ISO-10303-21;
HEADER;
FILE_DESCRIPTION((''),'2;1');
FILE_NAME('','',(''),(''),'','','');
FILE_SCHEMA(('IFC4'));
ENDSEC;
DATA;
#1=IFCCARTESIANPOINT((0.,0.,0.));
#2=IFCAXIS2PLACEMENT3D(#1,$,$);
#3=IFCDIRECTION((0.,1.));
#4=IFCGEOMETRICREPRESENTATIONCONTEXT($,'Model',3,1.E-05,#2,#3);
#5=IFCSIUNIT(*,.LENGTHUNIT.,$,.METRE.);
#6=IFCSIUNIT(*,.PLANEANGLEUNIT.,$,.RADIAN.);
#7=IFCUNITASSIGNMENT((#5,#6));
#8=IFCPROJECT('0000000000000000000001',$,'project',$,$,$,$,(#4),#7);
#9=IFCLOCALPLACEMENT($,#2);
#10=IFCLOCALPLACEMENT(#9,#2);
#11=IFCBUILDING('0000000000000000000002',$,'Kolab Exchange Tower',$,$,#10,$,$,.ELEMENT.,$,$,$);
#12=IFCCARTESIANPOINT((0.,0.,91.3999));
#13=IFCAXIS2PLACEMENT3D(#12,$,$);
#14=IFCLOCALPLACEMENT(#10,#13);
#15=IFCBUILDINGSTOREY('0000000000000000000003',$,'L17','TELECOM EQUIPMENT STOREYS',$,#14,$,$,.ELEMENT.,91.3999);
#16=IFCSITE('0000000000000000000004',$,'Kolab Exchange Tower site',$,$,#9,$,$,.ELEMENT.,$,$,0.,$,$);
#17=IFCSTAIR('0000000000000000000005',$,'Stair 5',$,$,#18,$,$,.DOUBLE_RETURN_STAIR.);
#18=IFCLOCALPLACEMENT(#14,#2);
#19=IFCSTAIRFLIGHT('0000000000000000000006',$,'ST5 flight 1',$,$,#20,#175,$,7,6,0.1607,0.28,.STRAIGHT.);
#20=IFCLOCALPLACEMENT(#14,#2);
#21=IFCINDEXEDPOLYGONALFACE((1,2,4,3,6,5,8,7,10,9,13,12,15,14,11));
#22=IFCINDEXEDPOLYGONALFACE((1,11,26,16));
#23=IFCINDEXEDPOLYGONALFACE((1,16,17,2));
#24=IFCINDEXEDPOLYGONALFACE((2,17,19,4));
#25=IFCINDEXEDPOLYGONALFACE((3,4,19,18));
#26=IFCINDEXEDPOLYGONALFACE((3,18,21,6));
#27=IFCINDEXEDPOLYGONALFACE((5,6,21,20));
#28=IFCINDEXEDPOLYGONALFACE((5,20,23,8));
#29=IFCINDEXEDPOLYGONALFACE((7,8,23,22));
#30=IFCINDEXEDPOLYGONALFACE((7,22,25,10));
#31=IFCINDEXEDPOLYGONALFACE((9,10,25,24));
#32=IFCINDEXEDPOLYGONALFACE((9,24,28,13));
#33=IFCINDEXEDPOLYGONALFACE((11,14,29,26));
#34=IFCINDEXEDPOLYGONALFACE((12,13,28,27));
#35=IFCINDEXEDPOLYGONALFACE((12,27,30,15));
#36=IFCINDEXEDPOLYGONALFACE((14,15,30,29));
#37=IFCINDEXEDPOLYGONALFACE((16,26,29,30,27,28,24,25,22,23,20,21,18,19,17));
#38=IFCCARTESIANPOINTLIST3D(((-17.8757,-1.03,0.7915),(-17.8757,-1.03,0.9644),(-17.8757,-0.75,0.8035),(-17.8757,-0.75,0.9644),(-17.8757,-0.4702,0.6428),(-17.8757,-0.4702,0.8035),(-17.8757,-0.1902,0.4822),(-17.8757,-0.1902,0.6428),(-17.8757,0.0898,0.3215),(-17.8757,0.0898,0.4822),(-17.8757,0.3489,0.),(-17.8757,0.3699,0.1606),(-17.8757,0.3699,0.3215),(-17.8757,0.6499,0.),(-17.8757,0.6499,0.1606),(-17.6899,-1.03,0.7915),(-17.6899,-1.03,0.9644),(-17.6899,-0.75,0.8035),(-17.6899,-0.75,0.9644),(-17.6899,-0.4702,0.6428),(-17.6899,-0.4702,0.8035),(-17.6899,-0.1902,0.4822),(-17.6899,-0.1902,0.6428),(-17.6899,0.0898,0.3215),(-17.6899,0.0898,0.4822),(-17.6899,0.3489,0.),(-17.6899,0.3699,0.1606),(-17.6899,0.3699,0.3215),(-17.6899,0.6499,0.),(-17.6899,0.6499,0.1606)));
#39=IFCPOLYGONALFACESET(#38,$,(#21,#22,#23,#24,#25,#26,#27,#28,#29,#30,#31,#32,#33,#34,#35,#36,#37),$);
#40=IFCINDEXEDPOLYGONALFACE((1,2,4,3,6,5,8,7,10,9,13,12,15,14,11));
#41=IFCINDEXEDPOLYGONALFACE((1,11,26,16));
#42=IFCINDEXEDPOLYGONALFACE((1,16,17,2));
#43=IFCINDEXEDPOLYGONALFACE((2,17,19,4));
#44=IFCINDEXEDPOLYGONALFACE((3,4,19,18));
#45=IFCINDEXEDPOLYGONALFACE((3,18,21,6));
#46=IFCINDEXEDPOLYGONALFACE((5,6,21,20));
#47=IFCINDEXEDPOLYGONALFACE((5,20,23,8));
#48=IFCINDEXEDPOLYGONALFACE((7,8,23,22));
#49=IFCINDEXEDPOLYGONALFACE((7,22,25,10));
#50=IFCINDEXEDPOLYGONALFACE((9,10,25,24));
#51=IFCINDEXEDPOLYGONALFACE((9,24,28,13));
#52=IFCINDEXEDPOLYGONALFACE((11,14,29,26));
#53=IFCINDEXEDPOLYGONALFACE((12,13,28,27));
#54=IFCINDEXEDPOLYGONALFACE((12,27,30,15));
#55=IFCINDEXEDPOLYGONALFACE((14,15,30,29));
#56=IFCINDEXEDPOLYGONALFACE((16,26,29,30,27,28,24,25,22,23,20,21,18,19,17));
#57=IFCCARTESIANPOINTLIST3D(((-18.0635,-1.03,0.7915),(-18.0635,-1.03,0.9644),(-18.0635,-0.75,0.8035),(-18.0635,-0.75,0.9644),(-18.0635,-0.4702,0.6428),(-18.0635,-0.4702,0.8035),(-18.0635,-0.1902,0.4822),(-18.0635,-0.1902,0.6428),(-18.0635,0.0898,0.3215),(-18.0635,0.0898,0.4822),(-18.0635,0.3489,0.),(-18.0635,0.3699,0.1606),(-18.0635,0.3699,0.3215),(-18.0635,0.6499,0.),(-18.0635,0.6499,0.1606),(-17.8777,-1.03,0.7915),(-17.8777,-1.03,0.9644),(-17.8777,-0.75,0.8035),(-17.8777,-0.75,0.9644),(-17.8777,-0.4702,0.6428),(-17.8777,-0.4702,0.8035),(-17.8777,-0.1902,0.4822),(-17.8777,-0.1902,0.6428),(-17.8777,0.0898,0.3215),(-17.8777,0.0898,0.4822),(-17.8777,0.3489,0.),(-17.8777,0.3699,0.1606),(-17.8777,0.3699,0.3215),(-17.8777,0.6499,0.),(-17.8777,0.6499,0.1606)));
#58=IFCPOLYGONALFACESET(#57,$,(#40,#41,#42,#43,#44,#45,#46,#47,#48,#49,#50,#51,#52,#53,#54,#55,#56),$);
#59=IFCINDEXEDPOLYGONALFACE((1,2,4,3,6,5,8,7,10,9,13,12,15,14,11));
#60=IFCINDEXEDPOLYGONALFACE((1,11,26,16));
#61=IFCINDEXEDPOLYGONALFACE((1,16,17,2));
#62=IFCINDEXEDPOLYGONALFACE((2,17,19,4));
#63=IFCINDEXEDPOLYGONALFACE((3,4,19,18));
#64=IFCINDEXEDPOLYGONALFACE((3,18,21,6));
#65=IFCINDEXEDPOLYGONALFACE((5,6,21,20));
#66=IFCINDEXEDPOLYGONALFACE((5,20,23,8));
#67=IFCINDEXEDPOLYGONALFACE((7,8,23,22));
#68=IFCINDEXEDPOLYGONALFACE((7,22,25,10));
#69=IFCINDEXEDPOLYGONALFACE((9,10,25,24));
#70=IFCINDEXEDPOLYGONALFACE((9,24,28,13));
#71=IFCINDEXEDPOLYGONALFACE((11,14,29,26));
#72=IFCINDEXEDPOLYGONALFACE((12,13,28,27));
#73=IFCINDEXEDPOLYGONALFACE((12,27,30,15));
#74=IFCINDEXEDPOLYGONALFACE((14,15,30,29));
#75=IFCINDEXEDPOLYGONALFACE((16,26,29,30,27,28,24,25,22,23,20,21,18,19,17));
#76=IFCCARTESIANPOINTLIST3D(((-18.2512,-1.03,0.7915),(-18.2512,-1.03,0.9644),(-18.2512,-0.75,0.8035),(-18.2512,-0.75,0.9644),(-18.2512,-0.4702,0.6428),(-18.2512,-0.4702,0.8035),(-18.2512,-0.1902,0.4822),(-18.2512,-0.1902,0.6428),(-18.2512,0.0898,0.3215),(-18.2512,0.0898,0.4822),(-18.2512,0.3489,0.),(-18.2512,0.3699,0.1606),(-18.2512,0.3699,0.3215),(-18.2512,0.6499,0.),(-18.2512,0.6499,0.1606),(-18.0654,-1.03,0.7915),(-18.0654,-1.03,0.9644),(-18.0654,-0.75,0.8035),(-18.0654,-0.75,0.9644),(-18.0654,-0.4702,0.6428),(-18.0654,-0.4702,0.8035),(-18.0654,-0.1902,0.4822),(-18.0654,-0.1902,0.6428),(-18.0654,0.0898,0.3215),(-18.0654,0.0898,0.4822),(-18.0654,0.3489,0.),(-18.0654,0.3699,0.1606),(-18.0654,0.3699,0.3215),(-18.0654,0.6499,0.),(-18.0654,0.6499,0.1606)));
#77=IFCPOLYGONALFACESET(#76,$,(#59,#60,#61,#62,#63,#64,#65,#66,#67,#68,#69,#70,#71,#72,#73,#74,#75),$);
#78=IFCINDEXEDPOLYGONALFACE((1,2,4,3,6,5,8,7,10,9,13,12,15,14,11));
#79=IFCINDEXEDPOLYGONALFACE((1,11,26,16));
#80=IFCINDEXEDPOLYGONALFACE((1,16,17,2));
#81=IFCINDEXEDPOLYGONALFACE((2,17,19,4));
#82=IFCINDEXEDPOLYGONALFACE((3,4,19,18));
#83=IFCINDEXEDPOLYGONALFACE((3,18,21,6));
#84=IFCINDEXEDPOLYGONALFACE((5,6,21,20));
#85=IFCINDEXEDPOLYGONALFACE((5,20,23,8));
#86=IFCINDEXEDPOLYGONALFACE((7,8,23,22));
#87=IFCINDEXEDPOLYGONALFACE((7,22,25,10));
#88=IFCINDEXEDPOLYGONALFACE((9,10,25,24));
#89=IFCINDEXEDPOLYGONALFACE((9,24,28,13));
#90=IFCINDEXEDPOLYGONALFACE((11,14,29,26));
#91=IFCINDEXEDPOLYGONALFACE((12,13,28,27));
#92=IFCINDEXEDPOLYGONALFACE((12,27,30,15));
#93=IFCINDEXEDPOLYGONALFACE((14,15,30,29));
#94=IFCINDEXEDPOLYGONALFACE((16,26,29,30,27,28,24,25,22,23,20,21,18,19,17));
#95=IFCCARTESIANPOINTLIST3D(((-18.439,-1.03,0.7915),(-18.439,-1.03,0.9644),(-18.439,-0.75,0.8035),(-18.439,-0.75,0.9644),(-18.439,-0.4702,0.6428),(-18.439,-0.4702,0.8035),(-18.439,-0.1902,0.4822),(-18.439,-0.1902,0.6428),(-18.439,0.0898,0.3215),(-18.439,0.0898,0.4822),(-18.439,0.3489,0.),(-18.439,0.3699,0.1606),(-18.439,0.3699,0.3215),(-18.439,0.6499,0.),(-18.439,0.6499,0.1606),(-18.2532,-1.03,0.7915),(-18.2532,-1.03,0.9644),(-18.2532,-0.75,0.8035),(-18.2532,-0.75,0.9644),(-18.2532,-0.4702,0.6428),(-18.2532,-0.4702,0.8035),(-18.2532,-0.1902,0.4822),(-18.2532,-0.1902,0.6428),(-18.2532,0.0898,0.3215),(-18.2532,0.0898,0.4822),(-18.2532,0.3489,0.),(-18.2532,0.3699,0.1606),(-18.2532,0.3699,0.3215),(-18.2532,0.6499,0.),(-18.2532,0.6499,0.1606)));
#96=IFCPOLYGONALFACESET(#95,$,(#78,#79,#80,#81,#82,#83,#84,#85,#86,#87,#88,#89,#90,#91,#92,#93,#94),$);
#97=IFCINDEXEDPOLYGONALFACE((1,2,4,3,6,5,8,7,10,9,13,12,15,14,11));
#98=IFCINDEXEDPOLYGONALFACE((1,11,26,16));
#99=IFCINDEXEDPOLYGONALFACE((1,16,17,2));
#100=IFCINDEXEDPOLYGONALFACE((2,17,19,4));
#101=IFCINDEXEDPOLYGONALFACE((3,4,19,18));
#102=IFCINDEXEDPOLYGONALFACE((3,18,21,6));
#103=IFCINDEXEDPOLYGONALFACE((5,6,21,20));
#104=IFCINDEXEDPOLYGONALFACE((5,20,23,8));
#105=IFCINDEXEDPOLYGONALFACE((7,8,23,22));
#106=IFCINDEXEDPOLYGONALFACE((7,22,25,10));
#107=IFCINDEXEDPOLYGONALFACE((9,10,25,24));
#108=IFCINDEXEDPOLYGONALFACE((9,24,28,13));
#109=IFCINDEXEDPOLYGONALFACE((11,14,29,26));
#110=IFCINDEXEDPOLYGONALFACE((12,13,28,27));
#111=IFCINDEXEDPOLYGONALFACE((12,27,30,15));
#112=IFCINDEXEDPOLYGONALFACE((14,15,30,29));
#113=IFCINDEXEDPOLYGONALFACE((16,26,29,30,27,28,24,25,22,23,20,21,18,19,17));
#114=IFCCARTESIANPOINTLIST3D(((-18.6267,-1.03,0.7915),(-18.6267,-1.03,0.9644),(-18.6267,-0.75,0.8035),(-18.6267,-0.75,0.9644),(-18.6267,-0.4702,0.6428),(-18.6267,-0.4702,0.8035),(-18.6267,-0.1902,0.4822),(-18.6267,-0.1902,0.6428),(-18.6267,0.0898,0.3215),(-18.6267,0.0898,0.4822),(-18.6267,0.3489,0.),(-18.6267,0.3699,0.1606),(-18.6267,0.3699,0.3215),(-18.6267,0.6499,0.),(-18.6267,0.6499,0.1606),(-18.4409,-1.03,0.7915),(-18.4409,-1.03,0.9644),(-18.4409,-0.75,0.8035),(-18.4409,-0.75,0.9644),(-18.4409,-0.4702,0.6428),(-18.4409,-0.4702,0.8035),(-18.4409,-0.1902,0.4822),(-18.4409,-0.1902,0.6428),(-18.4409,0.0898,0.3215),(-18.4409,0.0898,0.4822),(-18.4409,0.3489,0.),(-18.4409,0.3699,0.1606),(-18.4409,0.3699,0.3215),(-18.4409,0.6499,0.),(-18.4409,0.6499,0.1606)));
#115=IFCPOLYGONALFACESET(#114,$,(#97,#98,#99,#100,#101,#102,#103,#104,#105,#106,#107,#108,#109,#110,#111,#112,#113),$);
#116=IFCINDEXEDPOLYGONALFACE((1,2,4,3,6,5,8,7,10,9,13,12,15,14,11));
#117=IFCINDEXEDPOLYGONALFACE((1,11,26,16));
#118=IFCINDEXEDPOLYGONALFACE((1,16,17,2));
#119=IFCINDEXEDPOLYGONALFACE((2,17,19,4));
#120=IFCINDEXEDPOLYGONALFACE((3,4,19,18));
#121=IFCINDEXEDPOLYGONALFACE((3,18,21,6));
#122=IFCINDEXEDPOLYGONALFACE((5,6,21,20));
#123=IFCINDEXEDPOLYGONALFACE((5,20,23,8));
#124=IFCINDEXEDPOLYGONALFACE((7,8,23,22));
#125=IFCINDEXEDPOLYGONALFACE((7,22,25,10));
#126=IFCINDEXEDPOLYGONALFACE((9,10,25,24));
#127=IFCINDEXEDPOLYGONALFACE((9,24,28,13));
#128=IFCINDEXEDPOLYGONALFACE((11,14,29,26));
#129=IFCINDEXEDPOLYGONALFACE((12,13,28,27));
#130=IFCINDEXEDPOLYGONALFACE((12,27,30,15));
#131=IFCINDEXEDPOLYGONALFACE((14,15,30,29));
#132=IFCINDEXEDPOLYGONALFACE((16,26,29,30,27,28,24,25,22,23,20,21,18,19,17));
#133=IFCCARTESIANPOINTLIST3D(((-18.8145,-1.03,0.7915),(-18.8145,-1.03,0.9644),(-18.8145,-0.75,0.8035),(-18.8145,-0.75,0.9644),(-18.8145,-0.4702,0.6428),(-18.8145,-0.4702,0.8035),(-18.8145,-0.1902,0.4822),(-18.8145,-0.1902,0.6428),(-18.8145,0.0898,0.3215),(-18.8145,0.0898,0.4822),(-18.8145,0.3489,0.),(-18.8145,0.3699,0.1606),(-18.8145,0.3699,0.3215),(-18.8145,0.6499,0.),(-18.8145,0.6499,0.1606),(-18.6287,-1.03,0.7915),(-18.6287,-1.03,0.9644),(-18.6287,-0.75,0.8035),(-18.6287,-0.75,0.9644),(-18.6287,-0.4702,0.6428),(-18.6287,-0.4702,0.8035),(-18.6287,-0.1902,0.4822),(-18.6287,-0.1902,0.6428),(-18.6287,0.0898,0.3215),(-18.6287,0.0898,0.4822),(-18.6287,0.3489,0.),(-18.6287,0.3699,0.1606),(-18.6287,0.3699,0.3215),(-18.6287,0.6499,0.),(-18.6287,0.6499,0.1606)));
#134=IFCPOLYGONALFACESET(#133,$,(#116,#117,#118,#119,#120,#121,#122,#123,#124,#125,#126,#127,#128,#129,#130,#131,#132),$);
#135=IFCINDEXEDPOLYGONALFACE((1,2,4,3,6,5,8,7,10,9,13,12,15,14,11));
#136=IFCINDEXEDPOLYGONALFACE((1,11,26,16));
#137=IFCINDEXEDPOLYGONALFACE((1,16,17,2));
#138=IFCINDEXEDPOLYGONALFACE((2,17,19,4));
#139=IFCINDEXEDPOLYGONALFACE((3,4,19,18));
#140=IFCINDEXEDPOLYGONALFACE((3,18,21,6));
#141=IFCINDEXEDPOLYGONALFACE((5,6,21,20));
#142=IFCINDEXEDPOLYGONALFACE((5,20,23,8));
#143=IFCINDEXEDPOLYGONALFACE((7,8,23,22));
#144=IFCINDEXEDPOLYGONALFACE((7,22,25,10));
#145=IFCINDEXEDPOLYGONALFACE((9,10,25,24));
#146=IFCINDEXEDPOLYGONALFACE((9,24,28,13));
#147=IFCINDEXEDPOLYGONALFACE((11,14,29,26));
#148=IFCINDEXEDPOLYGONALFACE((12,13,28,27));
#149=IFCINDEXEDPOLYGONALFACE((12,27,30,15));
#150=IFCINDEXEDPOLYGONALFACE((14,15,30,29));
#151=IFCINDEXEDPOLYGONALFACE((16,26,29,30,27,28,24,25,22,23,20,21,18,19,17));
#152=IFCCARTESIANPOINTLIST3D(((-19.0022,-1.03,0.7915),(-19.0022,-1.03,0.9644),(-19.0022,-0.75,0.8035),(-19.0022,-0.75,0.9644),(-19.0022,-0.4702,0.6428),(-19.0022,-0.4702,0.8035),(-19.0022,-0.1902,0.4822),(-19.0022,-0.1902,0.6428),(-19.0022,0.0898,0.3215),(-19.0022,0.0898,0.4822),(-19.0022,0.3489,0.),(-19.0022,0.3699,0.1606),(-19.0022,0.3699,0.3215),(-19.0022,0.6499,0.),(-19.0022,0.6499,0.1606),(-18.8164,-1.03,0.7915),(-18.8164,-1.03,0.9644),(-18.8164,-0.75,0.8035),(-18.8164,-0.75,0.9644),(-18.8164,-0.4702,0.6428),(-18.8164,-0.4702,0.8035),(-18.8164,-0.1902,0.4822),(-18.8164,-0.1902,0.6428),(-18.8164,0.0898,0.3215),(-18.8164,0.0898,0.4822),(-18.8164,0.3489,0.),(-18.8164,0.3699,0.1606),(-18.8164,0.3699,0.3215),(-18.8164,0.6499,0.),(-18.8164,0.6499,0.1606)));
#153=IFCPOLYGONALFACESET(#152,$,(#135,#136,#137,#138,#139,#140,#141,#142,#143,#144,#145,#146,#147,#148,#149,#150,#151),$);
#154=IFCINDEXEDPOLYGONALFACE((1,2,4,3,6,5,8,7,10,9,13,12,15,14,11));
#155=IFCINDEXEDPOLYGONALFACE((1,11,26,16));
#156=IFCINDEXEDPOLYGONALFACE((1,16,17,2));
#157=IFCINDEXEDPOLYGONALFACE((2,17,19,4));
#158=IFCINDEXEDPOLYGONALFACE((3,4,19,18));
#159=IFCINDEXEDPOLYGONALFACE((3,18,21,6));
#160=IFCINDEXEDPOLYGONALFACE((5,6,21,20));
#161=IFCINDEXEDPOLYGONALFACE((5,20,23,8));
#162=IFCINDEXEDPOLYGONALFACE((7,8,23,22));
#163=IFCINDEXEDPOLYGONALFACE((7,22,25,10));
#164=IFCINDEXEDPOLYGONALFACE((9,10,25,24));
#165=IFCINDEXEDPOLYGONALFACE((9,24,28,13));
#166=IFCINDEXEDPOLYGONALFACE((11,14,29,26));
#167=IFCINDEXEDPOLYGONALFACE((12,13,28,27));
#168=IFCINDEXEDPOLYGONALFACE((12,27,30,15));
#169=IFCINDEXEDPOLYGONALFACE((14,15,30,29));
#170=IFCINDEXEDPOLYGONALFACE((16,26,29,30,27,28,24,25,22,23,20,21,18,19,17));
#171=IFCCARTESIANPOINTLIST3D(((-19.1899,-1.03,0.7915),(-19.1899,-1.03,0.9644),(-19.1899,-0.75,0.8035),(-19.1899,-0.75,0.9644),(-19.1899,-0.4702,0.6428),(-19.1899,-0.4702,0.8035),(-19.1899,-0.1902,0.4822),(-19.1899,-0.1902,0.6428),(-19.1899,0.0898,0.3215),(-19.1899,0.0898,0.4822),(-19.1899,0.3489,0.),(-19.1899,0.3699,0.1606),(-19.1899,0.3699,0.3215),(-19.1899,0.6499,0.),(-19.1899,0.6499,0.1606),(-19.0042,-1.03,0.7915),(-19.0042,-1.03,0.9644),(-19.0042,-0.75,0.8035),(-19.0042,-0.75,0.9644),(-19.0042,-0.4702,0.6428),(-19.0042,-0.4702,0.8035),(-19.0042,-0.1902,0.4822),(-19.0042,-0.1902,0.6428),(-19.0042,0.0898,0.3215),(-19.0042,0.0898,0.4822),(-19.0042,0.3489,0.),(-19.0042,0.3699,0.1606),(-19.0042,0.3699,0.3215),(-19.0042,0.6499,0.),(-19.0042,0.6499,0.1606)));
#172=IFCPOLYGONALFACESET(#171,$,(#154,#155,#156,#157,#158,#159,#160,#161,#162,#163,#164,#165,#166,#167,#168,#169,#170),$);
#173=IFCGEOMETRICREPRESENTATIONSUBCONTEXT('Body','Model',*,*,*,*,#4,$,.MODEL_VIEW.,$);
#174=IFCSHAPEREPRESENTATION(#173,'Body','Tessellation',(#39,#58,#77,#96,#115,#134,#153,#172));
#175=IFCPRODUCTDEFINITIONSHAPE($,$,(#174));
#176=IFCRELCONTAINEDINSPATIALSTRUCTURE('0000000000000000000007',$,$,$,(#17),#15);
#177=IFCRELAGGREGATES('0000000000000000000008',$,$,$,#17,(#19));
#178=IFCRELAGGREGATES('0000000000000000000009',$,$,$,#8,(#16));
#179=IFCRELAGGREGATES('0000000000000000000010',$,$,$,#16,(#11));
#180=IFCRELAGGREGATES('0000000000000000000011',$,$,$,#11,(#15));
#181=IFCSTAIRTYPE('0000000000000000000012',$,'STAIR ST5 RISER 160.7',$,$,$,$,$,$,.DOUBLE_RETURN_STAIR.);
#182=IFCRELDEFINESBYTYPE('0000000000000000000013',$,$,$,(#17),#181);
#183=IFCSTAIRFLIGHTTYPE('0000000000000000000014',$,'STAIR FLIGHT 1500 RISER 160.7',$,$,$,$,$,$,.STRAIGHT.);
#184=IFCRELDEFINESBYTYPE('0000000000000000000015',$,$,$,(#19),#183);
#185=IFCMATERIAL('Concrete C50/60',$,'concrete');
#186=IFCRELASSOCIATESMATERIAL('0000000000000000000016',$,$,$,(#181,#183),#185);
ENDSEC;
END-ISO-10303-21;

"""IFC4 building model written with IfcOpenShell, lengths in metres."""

from ifc_helpers import new_model, si_unit, direction, frame, origin, place, context, subcontext, project, spatial, polyline, outline, extrude, material, type_object, element, aggregate, save


model = new_model("IFC4")

# Units and contexts
model_context = context("Model", 3, precision=1e-05, world=origin(), true_north=direction((0.0, 1.0)))
body_context = subcontext(model_context, "Body", "Model", "MODEL_VIEW")
ifc_project = project(units=[si_unit("LENGTHUNIT", "METRE"), si_unit("PLANEANGLEUNIT", "RADIAN")], contexts=[model_context])

# Site, building, storey
site_placement = place(None, origin())
site = spatial("IfcSite", under=ifc_project, at=site_placement, Name="Kolab Exchange Tower site", CompositionType="ELEMENT", RefElevation=0.0)
building_placement = place(site_placement, origin())
building = spatial("IfcBuilding", under=site, at=building_placement, Name="Kolab Exchange Tower", CompositionType="ELEMENT")
storey_placement = place(building_placement, frame((0.0, 0.0, 91.3999)))
storey = spatial("IfcBuildingStorey", under=building, at=storey_placement, Name="L17", Description="TELECOM EQUIPMENT STOREYS", CompositionType="ELEMENT", Elevation=91.3999)

# Shared definitions
ifc_material_1 = material(Name="Concrete C50/60", Category="concrete")

# Stair, stair flight
stair_type = type_object("IfcStairType", Name="STAIR ST5 RISER 160.7", PredefinedType="DOUBLE_RETURN_STAIR", material=ifc_material_1)
stair_placement = place(storey_placement, origin())
stair = element("IfcStair", 1, at=stair_placement, inside=storey, type_object=stair_type, Name="Stair 5", PredefinedType="DOUBLE_RETURN_STAIR")
stair_flight_type = type_object("IfcStairFlightType", Name="STAIR FLIGHT 1500 RISER 160.7", PredefinedType="STRAIGHT", material=ifc_material_1)
stair_flight_1_placement = place(storey_placement, frame((-18.4399, 0.6499, 0.0), z_axis=(0.0, 0.0, 1.0), x_axis=(0.0, -1.0, 0.0)))
stair_flight_1 = element("IfcStairFlight", 2, at=stair_flight_1_placement, type_object=stair_flight_type, Name="ST5 flight 1", NumberOfRisers=7, NumberOfTreads=6, PredefinedType="STRAIGHT", RiserHeight=0.1607, TreadLength=0.28, context=body_context, shape_type="SweptSolid", body=[
    extrude(outline(polyline([(0.0, 0.0), (0.0, 0.1606), (0.28, 0.1606), (0.28, 0.3215), (0.5601, 0.3215), (0.5601, 0.4822), (0.8401, 0.4822), (0.8401, 0.6428), (1.1201, 0.6428), (1.1201, 0.8035), (1.3999, 0.8035), (1.3999, 0.9644), (1.6799, 0.9644), (1.6799, 1.125), (1.6799, 0.7915), (0.301, 0.0), (0.0, 0.0)])), frame((0.0, 0.75, 0.0), z_axis=(0.0, -1.0, 0.0), x_axis=(1.0, 0.0, 0.0)), (0.0, 0.0, 1.0), 0.1858),
    extrude(outline(polyline([(0.0, 0.0), (0.0, 0.1606), (0.28, 0.1606), (0.28, 0.3215), (0.5601, 0.3215), (0.5601, 0.4822), (0.8401, 0.4822), (0.8401, 0.6428), (1.1201, 0.6428), (1.1201, 0.8035), (1.3999, 0.8035), (1.3999, 0.9644), (1.6799, 0.9644), (1.6799, 1.125), (1.6799, 0.7915), (0.301, 0.0), (0.0, 0.0)])), frame((0.0, 0.5623, 0.0), z_axis=(0.0, -1.0, 0.0), x_axis=(1.0, 0.0, 0.0)), (0.0, 0.0, 1.0), 0.1858),
    extrude(outline(polyline([(0.0, 0.0), (0.0, 0.1606), (0.28, 0.1606), (0.28, 0.3215), (0.5601, 0.3215), (0.5601, 0.4822), (0.8401, 0.4822), (0.8401, 0.6428), (1.1201, 0.6428), (1.1201, 0.8035), (1.3999, 0.8035), (1.3999, 0.9644), (1.6799, 0.9644), (1.6799, 1.125), (1.6799, 0.7915), (0.301, 0.0), (0.0, 0.0)])), frame((0.0, 0.3745, 0.0), z_axis=(0.0, -1.0, 0.0), x_axis=(1.0, 0.0, 0.0)), (0.0, 0.0, 1.0), 0.1858),
    extrude(outline(polyline([(0.0, 0.0), (0.0, 0.1606), (0.28, 0.1606), (0.28, 0.3215), (0.5601, 0.3215), (0.5601, 0.4822), (0.8401, 0.4822), (0.8401, 0.6428), (1.1201, 0.6428), (1.1201, 0.8035), (1.3999, 0.8035), (1.3999, 0.9644), (1.6799, 0.9644), (1.6799, 1.125), (1.6799, 0.7915), (0.301, 0.0), (0.0, 0.0)])), frame((0.0, 0.1868, 0.0), z_axis=(0.0, -1.0, 0.0), x_axis=(1.0, 0.0, 0.0)), (0.0, 0.0, 1.0), 0.1858),
    extrude(outline(polyline([(0.0, 0.0), (0.0, 0.1606), (0.28, 0.1606), (0.28, 0.3215), (0.5601, 0.3215), (0.5601, 0.4822), (0.8401, 0.4822), (0.8401, 0.6428), (1.1201, 0.6428), (1.1201, 0.8035), (1.3999, 0.8035), (1.3999, 0.9644), (1.6799, 0.9644), (1.6799, 1.125), (1.6799, 0.7915), (0.301, 0.0), (0.0, 0.0)])), frame((0.0, -0.001, 0.0), z_axis=(0.0, -1.0, 0.0), x_axis=(1.0, 0.0, 0.0)), (0.0, 0.0, 1.0), 0.1858),
    extrude(outline(polyline([(0.0, 0.0), (0.0, 0.1606), (0.28, 0.1606), (0.28, 0.3215), (0.5601, 0.3215), (0.5601, 0.4822), (0.8401, 0.4822), (0.8401, 0.6428), (1.1201, 0.6428), (1.1201, 0.8035), (1.3999, 0.8035), (1.3999, 0.9644), (1.6799, 0.9644), (1.6799, 1.125), (1.6799, 0.7915), (0.301, 0.0), (0.0, 0.0)])), frame((0.0, -0.1887, 0.0), z_axis=(0.0, -1.0, 0.0), x_axis=(1.0, 0.0, 0.0)), (0.0, 0.0, 1.0), 0.1858),
    extrude(outline(polyline([(0.0, 0.0), (0.0, 0.1606), (0.28, 0.1606), (0.28, 0.3215), (0.5601, 0.3215), (0.5601, 0.4822), (0.8401, 0.4822), (0.8401, 0.6428), (1.1201, 0.6428), (1.1201, 0.8035), (1.3999, 0.8035), (1.3999, 0.9644), (1.6799, 0.9644), (1.6799, 1.125), (1.6799, 0.7915), (0.301, 0.0), (0.0, 0.0)])), frame((0.0, -0.3765, 0.0), z_axis=(0.0, -1.0, 0.0), x_axis=(1.0, 0.0, 0.0)), (0.0, 0.0, 1.0), 0.1858),
    extrude(outline(polyline([(0.0, 0.0), (0.0, 0.1606), (0.28, 0.1606), (0.28, 0.3215), (0.5601, 0.3215), (0.5601, 0.4822), (0.8401, 0.4822), (0.8401, 0.6428), (1.1201, 0.6428), (1.1201, 0.8035), (1.3999, 0.8035), (1.3999, 0.9644), (1.6799, 0.9644), (1.6799, 1.125), (1.6799, 0.7915), (0.301, 0.0), (0.0, 0.0)])), frame((0.0, -0.5642, 0.0), z_axis=(0.0, -1.0, 0.0), x_axis=(1.0, 0.0, 0.0)), (0.0, 0.0, 1.0), 0.1858),
])
aggregate(stair, [stair_flight_1])

save(model, "model.ifc")
